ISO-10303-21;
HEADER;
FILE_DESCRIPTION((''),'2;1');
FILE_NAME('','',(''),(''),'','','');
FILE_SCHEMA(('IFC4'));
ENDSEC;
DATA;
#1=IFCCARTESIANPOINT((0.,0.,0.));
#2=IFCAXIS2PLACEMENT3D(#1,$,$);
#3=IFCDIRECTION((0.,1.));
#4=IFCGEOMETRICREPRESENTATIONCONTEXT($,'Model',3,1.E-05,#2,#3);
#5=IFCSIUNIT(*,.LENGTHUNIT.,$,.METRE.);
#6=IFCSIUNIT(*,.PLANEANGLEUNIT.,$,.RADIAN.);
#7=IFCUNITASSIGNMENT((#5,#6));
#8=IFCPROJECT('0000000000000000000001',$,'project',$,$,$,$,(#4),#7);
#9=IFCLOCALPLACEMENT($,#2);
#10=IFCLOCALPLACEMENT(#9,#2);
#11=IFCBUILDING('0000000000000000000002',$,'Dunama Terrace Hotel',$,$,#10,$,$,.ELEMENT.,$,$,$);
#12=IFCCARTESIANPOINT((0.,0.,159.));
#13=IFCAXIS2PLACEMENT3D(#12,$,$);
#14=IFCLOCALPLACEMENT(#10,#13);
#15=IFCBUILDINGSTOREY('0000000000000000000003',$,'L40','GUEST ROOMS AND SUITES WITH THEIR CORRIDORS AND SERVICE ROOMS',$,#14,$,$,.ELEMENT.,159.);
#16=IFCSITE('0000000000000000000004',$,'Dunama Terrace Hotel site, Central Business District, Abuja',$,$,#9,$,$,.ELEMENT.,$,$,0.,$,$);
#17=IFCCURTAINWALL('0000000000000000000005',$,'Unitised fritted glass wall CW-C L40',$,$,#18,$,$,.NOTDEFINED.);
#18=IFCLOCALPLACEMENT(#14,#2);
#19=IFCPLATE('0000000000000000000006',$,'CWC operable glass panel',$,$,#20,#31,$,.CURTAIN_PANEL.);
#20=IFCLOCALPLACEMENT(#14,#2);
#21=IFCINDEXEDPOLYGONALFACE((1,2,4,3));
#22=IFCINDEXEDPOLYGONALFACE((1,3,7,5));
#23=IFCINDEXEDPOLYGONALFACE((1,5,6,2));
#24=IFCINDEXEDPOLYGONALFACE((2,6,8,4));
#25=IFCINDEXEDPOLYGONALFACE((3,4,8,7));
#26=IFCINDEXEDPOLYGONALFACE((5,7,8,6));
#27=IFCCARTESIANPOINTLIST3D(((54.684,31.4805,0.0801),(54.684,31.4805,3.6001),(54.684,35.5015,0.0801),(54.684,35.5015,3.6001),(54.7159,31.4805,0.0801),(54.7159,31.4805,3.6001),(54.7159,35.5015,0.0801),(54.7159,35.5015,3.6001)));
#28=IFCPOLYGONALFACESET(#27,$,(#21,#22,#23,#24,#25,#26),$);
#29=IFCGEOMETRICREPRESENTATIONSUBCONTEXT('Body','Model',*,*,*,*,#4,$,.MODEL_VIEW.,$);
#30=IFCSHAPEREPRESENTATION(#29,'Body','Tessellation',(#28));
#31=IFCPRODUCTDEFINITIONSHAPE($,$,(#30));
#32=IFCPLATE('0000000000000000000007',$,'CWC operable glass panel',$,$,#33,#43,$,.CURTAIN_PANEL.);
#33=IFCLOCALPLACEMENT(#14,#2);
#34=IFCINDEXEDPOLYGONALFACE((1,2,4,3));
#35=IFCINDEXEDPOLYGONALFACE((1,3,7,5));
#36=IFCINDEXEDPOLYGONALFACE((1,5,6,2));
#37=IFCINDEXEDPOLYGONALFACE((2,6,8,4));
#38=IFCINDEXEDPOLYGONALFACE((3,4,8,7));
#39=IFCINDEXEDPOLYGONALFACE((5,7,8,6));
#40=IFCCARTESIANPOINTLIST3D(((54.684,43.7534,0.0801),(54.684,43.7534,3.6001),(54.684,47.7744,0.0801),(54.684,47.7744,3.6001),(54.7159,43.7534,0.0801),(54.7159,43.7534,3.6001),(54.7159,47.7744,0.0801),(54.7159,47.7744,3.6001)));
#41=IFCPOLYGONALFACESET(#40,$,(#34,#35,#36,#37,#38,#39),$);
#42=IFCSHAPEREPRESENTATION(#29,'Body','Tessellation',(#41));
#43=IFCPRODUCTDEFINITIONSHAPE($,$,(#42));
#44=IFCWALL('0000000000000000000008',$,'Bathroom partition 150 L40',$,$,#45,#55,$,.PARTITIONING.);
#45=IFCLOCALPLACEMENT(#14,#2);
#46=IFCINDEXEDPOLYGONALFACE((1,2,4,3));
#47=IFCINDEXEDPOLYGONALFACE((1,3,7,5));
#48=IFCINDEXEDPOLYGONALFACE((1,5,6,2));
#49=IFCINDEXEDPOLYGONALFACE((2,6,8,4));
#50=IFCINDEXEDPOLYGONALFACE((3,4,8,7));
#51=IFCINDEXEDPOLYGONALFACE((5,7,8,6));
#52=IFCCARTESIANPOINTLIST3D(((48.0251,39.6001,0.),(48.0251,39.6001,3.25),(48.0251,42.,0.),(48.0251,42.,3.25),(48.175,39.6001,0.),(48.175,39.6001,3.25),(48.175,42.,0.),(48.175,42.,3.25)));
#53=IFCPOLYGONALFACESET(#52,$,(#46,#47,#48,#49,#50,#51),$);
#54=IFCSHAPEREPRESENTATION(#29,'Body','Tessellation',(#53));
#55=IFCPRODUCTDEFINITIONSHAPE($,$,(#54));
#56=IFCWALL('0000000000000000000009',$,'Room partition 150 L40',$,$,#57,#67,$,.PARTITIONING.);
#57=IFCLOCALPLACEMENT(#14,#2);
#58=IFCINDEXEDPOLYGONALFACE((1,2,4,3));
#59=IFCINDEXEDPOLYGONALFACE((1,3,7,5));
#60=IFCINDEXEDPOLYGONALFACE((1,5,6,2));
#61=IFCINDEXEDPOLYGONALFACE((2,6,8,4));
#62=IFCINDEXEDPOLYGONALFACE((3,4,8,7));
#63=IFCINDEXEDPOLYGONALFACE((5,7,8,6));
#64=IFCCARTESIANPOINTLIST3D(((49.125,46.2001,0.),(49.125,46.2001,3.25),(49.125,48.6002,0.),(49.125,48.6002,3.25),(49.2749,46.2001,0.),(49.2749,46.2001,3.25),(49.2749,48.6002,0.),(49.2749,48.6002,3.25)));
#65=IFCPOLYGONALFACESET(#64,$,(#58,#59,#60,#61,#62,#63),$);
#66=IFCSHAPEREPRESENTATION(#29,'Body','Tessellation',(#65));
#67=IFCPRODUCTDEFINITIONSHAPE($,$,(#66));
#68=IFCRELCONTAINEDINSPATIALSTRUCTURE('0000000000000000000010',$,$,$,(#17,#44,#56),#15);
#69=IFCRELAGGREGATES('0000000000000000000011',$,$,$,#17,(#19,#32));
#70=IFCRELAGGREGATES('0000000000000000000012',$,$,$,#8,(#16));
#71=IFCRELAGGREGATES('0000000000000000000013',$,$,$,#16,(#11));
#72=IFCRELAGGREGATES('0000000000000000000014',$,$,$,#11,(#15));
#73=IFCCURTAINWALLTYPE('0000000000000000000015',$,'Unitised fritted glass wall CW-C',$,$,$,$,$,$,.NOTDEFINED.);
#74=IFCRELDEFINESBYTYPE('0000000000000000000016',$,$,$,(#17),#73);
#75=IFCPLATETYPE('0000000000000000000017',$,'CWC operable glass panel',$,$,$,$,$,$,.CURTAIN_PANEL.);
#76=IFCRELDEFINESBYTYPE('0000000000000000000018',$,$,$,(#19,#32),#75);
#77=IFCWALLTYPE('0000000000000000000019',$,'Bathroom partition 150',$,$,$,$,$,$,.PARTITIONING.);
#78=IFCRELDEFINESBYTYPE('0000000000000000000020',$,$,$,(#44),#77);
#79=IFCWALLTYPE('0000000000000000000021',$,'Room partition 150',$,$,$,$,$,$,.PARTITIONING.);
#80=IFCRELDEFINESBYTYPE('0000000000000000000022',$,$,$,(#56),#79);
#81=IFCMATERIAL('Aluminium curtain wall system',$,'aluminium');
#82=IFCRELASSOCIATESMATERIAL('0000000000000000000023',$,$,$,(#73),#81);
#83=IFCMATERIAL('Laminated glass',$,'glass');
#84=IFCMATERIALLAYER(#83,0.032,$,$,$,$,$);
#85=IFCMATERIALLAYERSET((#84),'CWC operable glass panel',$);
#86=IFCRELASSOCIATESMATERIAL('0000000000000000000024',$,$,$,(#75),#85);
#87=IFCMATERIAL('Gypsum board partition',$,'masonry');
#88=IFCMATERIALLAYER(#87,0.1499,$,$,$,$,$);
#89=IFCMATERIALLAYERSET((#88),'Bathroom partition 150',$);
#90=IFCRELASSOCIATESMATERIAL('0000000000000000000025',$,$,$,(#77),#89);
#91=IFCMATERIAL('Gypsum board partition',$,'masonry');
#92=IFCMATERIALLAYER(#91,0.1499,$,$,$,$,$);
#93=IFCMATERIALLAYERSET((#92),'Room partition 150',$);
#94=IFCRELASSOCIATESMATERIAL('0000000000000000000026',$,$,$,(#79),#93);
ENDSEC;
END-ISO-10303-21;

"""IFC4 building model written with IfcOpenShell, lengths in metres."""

from ifc_helpers import new_model, si_unit, direction, frame, frame_2d, origin, origin_2d, place, context, subcontext, project, spatial, rectangle, extrude, material, layer, layer_set, type_object, element, aggregate, save


model = new_model("IFC4")

# Units and contexts
model_context = context("Model", 3, precision=1e-05, world=origin(), true_north=direction((0.0, 1.0)))
body_context = subcontext(model_context, "Body", "Model", "MODEL_VIEW")
ifc_project = project(units=[si_unit("LENGTHUNIT", "METRE"), si_unit("PLANEANGLEUNIT", "RADIAN")], contexts=[model_context])

# Site, building, storey
site_placement = place(None, origin())
site = spatial("IfcSite", under=ifc_project, at=site_placement, Name="Dunama Terrace Hotel site, Central Business District, Abuja", CompositionType="ELEMENT", RefElevation=0.0)
building_placement = place(site_placement, origin())
building = spatial("IfcBuilding", under=site, at=building_placement, Name="Dunama Terrace Hotel", CompositionType="ELEMENT")
storey_placement = place(building_placement, frame((0.0, 0.0, 159.0)))
storey = spatial("IfcBuildingStorey", under=building, at=storey_placement, Name="L40", Description="GUEST ROOMS AND SUITES WITH THEIR CORRIDORS AND SERVICE ROOMS", CompositionType="ELEMENT", Elevation=159.0)

# Curtain wall
ifc_material_1 = material(Name="Aluminium curtain wall system", Category="aluminium")
curtain_wall_type = type_object("IfcCurtainWallType", Name="Unitised fritted glass wall CW-C", PredefinedType="NOTDEFINED", material=ifc_material_1)
curtain_wall_placement = place(storey_placement, origin())
curtain_wall = element("IfcCurtainWall", 1, at=curtain_wall_placement, inside=storey, type_object=curtain_wall_type, Name="Unitised fritted glass wall CW-C L40", PredefinedType="NOTDEFINED")

# Plates
ifc_material_2 = material(Name="Laminated glass", Category="glass")
ifc_layer_1 = layer(ifc_material_2, 0.032)
ifc_layer_set_1 = layer_set([ifc_layer_1], Name="CWC operable glass panel")
plate_type_1 = type_object("IfcPlateType", Name="CWC operable glass panel", PredefinedType="CURTAIN_PANEL", material=ifc_layer_set_1)
plate_1_placement = place(storey_placement, frame((54.7, 33.491, 0.0801), z_axis=(0.0, 0.0, 1.0), x_axis=(0.0, 1.0, 0.0)))
plate_1 = element("IfcPlate", 2, at=plate_1_placement, type_object=plate_type_1, Name="CWC operable glass panel", PredefinedType="CURTAIN_PANEL", context=body_context, shape_type="SweptSolid", body=[
    extrude(rectangle(XDim=4.021, YDim=0.032, at=origin_2d()), origin(), (0.0, 0.0, 1.0), 3.52),
])
plate_2_placement = place(storey_placement, frame((54.7, 45.7639, 0.0801), z_axis=(0.0, 0.0, 1.0), x_axis=(0.0, 1.0, 0.0)))
plate_2 = element("IfcPlate", 3, at=plate_2_placement, type_object=plate_type_1, Name="CWC operable glass panel", PredefinedType="CURTAIN_PANEL", context=body_context, shape_type="SweptSolid", body=[
    extrude(rectangle(XDim=4.021, YDim=0.032, at=origin_2d()), origin(), (0.0, 0.0, 1.0), 3.52),
])
aggregate(curtain_wall, [plate_1, plate_2])

# Walls
ifc_material_3 = material(Name="Gypsum board partition", Category="masonry")
ifc_layer_2 = layer(ifc_material_3, 0.1499)
ifc_layer_set_2 = layer_set([ifc_layer_2], Name="Bathroom partition 150")
wall_type_1 = type_object("IfcWallType", Name="Bathroom partition 150", PredefinedType="PARTITIONING", material=ifc_layer_set_2)
wall_1_placement = place(storey_placement, frame((48.1001, 39.6001, 0.0), z_axis=(0.0, 0.0, 1.0), x_axis=(0.0, 1.0, 0.0)))
element("IfcWall", 4, at=wall_1_placement, inside=storey, type_object=wall_type_1, Name="Bathroom partition 150 L40", PredefinedType="PARTITIONING", context=body_context, shape_type="SweptSolid", body=[
    extrude(rectangle(XDim=2.3999, YDim=0.1499, at=frame_2d((1.2, 0.0))), origin(), (0.0, 0.0, 1.0), 3.25),
])
ifc_material_4 = material(Name="Gypsum board partition", Category="masonry")
ifc_layer_3 = layer(ifc_material_4, 0.1499)
ifc_layer_set_3 = layer_set([ifc_layer_3], Name="Room partition 150")
wall_type_2 = type_object("IfcWallType", Name="Room partition 150", PredefinedType="PARTITIONING", material=ifc_layer_set_3)
wall_2_placement = place(storey_placement, frame((49.2, 46.2, 0.0), z_axis=(0.0, 0.0, 1.0), x_axis=(0.0, 1.0, 0.0)))
element("IfcWall", 5, at=wall_2_placement, inside=storey, type_object=wall_type_2, Name="Room partition 150 L40", PredefinedType="PARTITIONING", context=body_context, shape_type="SweptSolid", body=[
    extrude(rectangle(XDim=2.4001, YDim=0.1499, at=frame_2d((1.2002, 0.0))), origin(), (0.0, 0.0, 1.0), 3.25),
])

save(model, "model.ifc")
